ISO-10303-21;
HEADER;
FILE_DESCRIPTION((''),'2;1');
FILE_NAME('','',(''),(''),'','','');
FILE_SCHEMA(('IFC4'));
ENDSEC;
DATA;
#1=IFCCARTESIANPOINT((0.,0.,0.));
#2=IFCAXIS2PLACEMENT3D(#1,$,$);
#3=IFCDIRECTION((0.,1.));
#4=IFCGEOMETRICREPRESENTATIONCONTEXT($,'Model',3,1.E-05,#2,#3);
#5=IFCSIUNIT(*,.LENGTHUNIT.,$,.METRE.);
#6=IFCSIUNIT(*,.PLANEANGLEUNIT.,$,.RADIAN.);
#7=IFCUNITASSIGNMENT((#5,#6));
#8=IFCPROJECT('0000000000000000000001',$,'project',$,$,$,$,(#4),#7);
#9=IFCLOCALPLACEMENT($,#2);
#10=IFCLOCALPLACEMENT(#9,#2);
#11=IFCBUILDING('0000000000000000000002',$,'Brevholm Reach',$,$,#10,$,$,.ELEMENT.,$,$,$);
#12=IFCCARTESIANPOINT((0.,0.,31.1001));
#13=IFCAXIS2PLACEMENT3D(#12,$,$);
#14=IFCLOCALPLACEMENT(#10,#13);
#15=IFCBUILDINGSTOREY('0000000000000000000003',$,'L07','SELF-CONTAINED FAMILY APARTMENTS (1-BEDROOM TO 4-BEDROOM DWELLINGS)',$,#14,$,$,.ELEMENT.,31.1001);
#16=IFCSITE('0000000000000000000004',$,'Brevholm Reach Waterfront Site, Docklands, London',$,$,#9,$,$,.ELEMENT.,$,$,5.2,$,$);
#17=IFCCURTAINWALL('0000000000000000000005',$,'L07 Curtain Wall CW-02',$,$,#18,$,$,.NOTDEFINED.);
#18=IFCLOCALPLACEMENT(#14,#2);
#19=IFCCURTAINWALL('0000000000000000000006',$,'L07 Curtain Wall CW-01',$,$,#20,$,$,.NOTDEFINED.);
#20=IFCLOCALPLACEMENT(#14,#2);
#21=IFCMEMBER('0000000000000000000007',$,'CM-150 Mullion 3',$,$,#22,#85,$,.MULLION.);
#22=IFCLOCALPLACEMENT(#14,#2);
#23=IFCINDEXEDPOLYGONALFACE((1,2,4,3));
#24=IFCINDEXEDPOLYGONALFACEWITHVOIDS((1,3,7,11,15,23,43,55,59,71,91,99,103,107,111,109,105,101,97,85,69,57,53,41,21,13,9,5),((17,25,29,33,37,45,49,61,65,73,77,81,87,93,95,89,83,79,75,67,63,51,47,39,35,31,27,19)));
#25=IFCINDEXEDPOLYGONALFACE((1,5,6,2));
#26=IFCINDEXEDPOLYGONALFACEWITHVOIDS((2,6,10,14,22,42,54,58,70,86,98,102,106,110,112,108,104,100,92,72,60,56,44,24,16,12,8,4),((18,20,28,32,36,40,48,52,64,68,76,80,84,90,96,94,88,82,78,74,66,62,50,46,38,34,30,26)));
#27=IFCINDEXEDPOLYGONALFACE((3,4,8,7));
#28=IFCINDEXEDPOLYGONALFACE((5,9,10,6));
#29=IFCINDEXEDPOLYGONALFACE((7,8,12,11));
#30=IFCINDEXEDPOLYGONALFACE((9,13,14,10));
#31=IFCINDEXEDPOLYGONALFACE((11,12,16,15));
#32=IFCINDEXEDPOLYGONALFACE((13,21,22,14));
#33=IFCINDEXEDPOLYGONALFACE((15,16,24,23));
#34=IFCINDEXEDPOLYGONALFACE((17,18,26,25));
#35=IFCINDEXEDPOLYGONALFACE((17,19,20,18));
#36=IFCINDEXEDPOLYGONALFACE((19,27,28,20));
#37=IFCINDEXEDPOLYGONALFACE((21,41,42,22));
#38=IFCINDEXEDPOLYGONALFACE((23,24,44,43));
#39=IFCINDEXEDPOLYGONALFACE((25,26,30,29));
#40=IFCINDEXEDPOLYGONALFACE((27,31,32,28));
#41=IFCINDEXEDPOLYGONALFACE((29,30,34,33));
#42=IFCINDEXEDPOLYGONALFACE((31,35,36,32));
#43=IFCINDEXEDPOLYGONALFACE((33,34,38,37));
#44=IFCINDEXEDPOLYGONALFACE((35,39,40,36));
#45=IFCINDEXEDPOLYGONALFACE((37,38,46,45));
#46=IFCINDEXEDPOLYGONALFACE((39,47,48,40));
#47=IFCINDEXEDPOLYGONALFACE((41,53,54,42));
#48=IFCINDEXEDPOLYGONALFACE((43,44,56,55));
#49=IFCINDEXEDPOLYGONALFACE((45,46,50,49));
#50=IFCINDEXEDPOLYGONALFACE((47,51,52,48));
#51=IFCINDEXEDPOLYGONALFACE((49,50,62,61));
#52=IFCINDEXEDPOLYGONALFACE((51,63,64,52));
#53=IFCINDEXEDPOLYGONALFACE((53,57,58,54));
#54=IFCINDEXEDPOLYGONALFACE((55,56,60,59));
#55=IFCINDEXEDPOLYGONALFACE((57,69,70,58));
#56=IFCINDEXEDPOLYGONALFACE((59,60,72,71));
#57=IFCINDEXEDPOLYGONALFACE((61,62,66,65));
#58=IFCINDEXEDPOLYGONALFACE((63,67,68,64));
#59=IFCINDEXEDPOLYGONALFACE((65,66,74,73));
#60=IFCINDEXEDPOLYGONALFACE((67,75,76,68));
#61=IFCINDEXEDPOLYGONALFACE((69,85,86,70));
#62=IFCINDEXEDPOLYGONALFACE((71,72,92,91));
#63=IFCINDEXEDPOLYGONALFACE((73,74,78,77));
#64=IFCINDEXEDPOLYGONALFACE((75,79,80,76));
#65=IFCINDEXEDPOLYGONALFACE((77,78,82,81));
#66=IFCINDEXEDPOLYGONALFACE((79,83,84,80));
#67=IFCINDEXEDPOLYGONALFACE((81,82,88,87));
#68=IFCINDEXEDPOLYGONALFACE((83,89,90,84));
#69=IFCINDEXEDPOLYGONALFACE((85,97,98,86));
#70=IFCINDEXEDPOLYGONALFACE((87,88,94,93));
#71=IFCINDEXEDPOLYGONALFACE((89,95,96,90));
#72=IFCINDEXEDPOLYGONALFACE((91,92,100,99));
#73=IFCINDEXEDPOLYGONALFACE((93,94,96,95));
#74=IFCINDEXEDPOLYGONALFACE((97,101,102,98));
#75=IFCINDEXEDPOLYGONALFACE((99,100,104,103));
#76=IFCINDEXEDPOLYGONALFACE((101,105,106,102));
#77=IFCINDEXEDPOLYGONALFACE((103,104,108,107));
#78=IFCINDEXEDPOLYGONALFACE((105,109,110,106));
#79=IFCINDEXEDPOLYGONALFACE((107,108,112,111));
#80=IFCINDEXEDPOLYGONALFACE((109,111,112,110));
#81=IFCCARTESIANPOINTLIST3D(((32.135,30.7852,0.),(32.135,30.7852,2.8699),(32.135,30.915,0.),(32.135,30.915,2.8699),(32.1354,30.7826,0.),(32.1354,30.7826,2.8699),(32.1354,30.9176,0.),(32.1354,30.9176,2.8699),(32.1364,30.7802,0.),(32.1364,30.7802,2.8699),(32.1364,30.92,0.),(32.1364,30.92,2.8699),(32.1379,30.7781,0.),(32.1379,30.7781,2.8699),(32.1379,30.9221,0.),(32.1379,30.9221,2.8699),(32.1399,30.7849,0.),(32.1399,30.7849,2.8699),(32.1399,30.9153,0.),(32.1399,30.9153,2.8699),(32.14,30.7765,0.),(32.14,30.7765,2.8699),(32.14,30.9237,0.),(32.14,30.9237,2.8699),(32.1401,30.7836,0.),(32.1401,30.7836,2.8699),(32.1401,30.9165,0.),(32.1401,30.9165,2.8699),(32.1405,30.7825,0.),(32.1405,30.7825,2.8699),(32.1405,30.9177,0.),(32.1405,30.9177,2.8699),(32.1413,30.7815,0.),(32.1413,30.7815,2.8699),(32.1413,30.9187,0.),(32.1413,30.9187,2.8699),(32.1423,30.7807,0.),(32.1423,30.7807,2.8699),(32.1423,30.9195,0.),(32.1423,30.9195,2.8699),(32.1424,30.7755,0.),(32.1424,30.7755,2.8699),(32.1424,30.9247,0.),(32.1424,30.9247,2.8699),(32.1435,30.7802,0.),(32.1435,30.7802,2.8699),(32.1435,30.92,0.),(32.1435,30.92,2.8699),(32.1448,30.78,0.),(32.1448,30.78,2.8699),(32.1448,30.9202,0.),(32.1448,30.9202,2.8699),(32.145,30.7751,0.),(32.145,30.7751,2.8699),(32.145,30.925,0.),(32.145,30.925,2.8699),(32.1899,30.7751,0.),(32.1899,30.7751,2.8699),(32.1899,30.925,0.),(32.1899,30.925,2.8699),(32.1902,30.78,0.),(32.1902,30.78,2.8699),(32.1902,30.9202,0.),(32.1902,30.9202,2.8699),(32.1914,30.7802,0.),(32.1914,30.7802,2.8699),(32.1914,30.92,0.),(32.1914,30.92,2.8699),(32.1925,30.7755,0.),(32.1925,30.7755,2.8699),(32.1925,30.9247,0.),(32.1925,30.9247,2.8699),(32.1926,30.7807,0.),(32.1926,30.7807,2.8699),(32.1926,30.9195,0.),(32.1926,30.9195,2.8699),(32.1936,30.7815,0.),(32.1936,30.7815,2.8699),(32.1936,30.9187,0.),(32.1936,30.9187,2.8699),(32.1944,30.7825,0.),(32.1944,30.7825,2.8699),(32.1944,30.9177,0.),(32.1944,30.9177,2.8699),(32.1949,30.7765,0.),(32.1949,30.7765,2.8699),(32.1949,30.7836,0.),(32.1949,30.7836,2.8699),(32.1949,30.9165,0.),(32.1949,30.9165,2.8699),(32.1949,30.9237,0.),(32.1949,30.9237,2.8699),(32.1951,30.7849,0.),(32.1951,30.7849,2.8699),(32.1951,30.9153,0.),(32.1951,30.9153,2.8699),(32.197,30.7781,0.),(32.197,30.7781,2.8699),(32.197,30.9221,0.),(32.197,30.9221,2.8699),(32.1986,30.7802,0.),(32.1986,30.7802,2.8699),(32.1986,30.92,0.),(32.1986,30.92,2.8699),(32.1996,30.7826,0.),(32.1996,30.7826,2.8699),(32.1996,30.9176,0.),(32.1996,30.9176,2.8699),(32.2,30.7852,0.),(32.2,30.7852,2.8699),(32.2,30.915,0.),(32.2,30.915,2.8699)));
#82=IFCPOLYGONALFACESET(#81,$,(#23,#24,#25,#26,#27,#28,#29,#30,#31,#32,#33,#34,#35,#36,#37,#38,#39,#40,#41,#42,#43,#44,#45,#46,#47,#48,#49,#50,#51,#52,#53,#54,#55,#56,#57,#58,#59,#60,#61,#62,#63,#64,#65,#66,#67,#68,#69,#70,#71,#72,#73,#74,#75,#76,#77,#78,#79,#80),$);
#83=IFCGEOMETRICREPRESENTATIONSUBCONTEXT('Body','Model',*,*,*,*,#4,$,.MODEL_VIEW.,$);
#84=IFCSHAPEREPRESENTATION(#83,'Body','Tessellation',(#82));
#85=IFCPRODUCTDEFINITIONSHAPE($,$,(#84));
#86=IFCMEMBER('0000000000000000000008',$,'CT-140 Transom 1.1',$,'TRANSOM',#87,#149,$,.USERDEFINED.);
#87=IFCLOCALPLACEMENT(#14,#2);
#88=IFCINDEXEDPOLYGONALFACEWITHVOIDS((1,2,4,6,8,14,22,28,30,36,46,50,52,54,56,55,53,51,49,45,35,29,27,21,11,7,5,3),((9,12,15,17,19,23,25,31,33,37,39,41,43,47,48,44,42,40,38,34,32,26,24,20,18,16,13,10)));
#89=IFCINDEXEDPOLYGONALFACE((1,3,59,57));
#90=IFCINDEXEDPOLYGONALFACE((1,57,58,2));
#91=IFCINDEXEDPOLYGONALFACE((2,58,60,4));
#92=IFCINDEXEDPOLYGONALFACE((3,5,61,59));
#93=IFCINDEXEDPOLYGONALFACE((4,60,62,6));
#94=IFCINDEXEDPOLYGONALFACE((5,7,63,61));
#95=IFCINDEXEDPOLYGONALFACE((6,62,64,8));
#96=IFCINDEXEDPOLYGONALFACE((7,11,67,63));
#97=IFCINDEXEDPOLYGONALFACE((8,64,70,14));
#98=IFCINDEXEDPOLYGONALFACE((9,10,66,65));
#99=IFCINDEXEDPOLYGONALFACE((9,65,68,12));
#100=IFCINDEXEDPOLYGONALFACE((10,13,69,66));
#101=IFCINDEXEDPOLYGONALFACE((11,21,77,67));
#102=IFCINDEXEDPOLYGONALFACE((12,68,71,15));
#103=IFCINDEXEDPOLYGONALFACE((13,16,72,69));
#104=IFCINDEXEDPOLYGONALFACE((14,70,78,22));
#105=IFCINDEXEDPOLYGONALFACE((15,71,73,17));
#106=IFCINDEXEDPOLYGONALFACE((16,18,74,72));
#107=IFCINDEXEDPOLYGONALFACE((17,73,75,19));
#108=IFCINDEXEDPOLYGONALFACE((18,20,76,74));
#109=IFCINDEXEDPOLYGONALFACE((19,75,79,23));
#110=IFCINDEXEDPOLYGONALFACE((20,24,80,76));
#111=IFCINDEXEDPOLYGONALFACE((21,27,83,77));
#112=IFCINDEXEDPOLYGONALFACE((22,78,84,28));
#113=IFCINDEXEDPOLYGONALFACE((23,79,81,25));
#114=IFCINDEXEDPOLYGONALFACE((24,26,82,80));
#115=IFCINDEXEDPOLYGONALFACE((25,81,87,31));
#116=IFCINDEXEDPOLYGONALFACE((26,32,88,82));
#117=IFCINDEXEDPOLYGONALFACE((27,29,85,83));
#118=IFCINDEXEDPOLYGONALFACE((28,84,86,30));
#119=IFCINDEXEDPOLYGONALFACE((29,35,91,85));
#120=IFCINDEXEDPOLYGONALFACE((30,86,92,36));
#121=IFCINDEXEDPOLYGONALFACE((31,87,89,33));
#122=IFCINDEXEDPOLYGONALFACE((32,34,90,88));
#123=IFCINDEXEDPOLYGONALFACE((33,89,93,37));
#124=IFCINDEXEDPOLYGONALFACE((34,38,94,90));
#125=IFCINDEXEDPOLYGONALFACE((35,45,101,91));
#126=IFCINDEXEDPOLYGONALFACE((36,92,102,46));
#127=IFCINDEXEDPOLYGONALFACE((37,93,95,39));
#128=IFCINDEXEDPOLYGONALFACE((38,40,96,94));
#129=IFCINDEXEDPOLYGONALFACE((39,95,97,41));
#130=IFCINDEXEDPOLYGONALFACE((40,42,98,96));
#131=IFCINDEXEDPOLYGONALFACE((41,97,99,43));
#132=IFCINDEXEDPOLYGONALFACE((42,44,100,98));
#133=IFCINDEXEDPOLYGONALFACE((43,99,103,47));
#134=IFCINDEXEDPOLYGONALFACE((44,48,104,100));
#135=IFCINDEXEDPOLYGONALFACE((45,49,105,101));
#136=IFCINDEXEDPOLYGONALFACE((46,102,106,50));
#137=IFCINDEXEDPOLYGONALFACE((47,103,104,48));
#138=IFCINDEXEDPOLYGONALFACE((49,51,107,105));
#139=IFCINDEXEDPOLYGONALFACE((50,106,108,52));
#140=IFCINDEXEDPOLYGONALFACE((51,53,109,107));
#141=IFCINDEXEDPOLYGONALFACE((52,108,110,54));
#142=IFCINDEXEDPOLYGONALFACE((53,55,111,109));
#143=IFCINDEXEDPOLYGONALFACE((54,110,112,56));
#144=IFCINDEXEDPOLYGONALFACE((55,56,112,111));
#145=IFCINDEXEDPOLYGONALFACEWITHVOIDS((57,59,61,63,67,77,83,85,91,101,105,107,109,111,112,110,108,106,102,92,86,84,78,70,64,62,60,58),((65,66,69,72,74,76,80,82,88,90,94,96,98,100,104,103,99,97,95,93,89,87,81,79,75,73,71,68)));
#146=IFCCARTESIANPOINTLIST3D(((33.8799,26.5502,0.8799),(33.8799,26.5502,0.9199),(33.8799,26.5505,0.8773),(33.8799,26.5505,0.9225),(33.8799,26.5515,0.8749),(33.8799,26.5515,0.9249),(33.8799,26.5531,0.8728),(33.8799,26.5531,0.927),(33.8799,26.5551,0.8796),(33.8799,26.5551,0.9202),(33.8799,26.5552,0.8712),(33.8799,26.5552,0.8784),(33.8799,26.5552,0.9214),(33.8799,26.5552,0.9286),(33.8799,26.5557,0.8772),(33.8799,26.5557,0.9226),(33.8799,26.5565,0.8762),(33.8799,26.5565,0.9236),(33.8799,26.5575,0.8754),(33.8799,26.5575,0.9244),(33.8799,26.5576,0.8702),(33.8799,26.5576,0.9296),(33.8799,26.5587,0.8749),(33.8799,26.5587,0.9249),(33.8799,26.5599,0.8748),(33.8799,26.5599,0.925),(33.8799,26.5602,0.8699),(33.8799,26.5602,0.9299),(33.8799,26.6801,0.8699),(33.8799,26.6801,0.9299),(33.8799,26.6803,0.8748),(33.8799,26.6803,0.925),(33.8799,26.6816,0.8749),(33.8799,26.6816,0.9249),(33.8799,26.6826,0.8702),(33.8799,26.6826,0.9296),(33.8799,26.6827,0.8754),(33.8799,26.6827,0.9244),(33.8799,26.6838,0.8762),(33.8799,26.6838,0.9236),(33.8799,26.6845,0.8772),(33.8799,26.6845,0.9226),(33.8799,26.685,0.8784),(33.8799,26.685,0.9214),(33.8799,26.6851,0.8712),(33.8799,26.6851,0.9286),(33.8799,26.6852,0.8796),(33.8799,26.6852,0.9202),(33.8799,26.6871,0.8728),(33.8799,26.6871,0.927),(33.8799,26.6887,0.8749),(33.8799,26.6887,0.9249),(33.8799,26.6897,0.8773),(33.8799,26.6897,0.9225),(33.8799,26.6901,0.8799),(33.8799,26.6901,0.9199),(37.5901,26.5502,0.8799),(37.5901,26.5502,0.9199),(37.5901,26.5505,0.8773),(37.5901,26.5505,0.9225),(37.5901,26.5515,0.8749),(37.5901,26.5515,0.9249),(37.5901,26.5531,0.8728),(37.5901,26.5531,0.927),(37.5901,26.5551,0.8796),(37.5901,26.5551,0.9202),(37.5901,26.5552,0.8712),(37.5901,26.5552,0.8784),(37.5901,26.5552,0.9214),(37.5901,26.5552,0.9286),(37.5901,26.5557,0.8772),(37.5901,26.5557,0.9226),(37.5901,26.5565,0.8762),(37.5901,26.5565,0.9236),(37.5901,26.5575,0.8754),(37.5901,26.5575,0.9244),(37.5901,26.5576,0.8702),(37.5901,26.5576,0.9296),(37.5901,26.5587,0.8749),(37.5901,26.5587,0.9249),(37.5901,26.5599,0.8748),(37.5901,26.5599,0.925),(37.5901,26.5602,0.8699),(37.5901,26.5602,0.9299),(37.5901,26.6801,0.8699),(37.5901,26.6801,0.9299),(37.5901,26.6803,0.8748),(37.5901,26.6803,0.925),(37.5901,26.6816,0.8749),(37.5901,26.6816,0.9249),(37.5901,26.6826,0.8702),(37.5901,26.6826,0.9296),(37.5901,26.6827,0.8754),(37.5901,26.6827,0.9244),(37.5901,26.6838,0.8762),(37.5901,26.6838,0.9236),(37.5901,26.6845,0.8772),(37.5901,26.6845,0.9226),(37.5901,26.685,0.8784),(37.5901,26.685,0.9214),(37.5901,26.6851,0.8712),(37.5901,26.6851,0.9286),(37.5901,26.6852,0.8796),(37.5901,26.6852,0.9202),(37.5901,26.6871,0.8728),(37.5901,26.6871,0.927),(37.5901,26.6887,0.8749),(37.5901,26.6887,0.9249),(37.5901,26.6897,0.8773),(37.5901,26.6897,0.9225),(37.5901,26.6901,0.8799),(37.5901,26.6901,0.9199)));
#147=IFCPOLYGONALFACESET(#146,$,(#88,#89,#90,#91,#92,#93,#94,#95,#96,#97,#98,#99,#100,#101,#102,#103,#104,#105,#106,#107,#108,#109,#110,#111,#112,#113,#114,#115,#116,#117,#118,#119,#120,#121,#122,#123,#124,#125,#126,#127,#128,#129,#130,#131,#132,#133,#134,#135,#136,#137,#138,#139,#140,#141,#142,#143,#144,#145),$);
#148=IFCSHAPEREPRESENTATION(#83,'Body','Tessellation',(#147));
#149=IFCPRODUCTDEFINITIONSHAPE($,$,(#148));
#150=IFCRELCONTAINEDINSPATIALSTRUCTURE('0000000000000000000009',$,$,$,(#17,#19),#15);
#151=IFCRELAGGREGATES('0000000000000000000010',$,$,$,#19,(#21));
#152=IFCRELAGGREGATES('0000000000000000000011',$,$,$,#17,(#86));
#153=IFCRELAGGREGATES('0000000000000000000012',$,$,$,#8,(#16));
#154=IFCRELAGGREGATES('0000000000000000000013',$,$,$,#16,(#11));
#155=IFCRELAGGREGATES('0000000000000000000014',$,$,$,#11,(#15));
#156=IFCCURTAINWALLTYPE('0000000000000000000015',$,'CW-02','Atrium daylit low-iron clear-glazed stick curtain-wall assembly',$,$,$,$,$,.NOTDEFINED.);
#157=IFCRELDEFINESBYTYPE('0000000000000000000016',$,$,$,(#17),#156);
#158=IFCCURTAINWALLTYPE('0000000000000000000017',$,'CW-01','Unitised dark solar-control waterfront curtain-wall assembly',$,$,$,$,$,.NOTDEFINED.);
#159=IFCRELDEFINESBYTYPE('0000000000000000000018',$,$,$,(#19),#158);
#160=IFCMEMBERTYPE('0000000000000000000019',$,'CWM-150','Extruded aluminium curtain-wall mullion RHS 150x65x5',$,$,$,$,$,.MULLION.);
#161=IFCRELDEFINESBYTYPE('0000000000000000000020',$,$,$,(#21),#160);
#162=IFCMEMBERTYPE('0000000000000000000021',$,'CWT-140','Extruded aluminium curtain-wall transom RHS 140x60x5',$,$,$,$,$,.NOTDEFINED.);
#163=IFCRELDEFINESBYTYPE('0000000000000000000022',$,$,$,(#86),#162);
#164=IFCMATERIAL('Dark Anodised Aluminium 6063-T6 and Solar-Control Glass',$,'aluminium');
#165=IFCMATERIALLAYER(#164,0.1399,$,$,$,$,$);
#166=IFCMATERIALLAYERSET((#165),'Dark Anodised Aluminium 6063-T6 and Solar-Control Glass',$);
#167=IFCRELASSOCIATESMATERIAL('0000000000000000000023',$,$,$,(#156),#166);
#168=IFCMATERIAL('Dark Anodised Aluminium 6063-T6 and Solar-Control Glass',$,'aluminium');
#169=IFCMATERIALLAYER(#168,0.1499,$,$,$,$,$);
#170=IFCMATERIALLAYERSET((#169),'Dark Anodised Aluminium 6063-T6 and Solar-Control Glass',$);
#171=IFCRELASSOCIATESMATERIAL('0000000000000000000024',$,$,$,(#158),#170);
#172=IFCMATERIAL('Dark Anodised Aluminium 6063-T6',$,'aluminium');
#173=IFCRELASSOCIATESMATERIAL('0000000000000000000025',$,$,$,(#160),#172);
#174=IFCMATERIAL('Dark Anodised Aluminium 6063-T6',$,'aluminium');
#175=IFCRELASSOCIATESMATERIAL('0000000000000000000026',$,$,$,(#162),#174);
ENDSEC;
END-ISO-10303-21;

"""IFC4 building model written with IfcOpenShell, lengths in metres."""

from ifc_helpers import new_model, si_unit, direction, frame, origin, origin_2d, place, context, subcontext, project, spatial, hollow_rectangle, extrude, material, layer, layer_set, material_profile, profile_set, type_object, element, aggregate, save


model = new_model("IFC4")

# Units and contexts
model_context = context("Model", 3, precision=1e-05, world=origin(), true_north=direction((0.0, 1.0)))
body_context = subcontext(model_context, "Body", "Model", "MODEL_VIEW")
ifc_project = project(units=[si_unit("LENGTHUNIT", "METRE"), si_unit("PLANEANGLEUNIT", "RADIAN")], contexts=[model_context])

# Site, building, storey
site_placement = place(None, origin())
site = spatial("IfcSite", under=ifc_project, at=site_placement, Name="Brevholm Reach Waterfront Site, Docklands, London", CompositionType="ELEMENT", RefElevation=5.2)
building_placement = place(site_placement, origin())
building = spatial("IfcBuilding", under=site, at=building_placement, Name="Brevholm Reach", CompositionType="ELEMENT")
storey_placement = place(building_placement, frame((0.0, 0.0, 31.1001)))
storey = spatial("IfcBuildingStorey", under=building, at=storey_placement, Name="L07", Description="SELF-CONTAINED FAMILY APARTMENTS (1-BEDROOM TO 4-BEDROOM DWELLINGS)", CompositionType="ELEMENT", Elevation=31.1001)

# Curtain walls, member
ifc_material_1 = material(Name="Dark Anodised Aluminium 6063-T6 and Solar-Control Glass", Category="aluminium")
ifc_layer_1 = layer(ifc_material_1, 0.1399)
ifc_layer_set_1 = layer_set([ifc_layer_1], Name="Dark Anodised Aluminium 6063-T6 and Solar-Control Glass")
curtain_wall_type_1 = type_object("IfcCurtainWallType", Name="CW-02", Description="Atrium daylit low-iron clear-glazed stick curtain-wall assembly", PredefinedType="NOTDEFINED", material=ifc_layer_set_1)
curtain_wall_1_placement = place(storey_placement, origin())
curtain_wall_1 = element("IfcCurtainWall", 1, at=curtain_wall_1_placement, inside=storey, type_object=curtain_wall_type_1, Name="L07 Curtain Wall CW-02", PredefinedType="NOTDEFINED")
ifc_material_2 = material(Name="Dark Anodised Aluminium 6063-T6 and Solar-Control Glass", Category="aluminium")
ifc_layer_2 = layer(ifc_material_2, 0.1499)
ifc_layer_set_2 = layer_set([ifc_layer_2], Name="Dark Anodised Aluminium 6063-T6 and Solar-Control Glass")
curtain_wall_type_2 = type_object("IfcCurtainWallType", Name="CW-01", Description="Unitised dark solar-control waterfront curtain-wall assembly", PredefinedType="NOTDEFINED", material=ifc_layer_set_2)
curtain_wall_2_placement = place(storey_placement, origin())
curtain_wall_2 = element("IfcCurtainWall", 2, at=curtain_wall_2_placement, inside=storey, type_object=curtain_wall_type_2, Name="L07 Curtain Wall CW-01", PredefinedType="NOTDEFINED")
ifc_material_3 = material(Name="Dark Anodised Aluminium 6063-T6", Category="aluminium")
ifc_material_profile_1 = material_profile(ifc_material_3, hollow_rectangle(XDim=0.0649, YDim=0.1499, WallThickness=0.0049, InnerFilletRadius=0.0049, OuterFilletRadius=0.01, at=origin_2d()), Name="RHS 150x65x5")
ifc_profile_set_1 = profile_set([ifc_material_profile_1], Name="Dark Anodised Aluminium 6063-T6")
member_type_1 = type_object("IfcMemberType", Name="CWM-150", Description="Extruded aluminium curtain-wall mullion RHS 150x65x5", PredefinedType="MULLION", material=ifc_profile_set_1)
member_1_placement = place(storey_placement, frame((32.1675, 30.8501, 0.0), z_axis=(0.0, 0.0, 1.0), x_axis=(1.0, 0.0, 0.0)))
member_1 = element("IfcMember", 3, at=member_1_placement, type_object=member_type_1, Name="CM-150 Mullion 3", PredefinedType="MULLION", context=body_context, shape_type="SweptSolid", body=[
    extrude(hollow_rectangle(XDim=0.0649, YDim=0.1499, WallThickness=0.0049, InnerFilletRadius=0.0049, OuterFilletRadius=0.01, at=origin_2d()), origin(), (0.0, 0.0, 1.0), 2.8699),
])

# Member
ifc_material_4 = material(Name="Dark Anodised Aluminium 6063-T6", Category="aluminium")
ifc_material_profile_2 = material_profile(ifc_material_4, hollow_rectangle(XDim=0.0601, YDim=0.1399, WallThickness=0.0049, InnerFilletRadius=0.0049, OuterFilletRadius=0.01, at=origin_2d()), Name="RHS 140x60x5")
ifc_profile_set_2 = profile_set([ifc_material_profile_2], Name="Dark Anodised Aluminium 6063-T6")
member_type_2 = type_object("IfcMemberType", Name="CWT-140", Description="Extruded aluminium curtain-wall transom RHS 140x60x5", PredefinedType="NOTDEFINED", material=ifc_profile_set_2)
member_2_placement = place(storey_placement, frame((37.5901, 26.6201, 0.8999), z_axis=(-1.0, 0.0, 0.0), x_axis=(0.0, 0.0, 1.0)))
member_2 = element("IfcMember", 4, at=member_2_placement, type_object=member_type_2, Name="CT-140 Transom 1.1", ObjectType="TRANSOM", PredefinedType="USERDEFINED", context=body_context, shape_type="SweptSolid", body=[
    extrude(hollow_rectangle(XDim=0.0601, YDim=0.1399, WallThickness=0.0049, InnerFilletRadius=0.0049, OuterFilletRadius=0.01, at=origin_2d()), origin(), (0.0, 0.0, 1.0), 3.7102),
])

aggregate(curtain_wall_2, [member_1])
aggregate(curtain_wall_1, [member_2])

save(model, "model.ifc")
